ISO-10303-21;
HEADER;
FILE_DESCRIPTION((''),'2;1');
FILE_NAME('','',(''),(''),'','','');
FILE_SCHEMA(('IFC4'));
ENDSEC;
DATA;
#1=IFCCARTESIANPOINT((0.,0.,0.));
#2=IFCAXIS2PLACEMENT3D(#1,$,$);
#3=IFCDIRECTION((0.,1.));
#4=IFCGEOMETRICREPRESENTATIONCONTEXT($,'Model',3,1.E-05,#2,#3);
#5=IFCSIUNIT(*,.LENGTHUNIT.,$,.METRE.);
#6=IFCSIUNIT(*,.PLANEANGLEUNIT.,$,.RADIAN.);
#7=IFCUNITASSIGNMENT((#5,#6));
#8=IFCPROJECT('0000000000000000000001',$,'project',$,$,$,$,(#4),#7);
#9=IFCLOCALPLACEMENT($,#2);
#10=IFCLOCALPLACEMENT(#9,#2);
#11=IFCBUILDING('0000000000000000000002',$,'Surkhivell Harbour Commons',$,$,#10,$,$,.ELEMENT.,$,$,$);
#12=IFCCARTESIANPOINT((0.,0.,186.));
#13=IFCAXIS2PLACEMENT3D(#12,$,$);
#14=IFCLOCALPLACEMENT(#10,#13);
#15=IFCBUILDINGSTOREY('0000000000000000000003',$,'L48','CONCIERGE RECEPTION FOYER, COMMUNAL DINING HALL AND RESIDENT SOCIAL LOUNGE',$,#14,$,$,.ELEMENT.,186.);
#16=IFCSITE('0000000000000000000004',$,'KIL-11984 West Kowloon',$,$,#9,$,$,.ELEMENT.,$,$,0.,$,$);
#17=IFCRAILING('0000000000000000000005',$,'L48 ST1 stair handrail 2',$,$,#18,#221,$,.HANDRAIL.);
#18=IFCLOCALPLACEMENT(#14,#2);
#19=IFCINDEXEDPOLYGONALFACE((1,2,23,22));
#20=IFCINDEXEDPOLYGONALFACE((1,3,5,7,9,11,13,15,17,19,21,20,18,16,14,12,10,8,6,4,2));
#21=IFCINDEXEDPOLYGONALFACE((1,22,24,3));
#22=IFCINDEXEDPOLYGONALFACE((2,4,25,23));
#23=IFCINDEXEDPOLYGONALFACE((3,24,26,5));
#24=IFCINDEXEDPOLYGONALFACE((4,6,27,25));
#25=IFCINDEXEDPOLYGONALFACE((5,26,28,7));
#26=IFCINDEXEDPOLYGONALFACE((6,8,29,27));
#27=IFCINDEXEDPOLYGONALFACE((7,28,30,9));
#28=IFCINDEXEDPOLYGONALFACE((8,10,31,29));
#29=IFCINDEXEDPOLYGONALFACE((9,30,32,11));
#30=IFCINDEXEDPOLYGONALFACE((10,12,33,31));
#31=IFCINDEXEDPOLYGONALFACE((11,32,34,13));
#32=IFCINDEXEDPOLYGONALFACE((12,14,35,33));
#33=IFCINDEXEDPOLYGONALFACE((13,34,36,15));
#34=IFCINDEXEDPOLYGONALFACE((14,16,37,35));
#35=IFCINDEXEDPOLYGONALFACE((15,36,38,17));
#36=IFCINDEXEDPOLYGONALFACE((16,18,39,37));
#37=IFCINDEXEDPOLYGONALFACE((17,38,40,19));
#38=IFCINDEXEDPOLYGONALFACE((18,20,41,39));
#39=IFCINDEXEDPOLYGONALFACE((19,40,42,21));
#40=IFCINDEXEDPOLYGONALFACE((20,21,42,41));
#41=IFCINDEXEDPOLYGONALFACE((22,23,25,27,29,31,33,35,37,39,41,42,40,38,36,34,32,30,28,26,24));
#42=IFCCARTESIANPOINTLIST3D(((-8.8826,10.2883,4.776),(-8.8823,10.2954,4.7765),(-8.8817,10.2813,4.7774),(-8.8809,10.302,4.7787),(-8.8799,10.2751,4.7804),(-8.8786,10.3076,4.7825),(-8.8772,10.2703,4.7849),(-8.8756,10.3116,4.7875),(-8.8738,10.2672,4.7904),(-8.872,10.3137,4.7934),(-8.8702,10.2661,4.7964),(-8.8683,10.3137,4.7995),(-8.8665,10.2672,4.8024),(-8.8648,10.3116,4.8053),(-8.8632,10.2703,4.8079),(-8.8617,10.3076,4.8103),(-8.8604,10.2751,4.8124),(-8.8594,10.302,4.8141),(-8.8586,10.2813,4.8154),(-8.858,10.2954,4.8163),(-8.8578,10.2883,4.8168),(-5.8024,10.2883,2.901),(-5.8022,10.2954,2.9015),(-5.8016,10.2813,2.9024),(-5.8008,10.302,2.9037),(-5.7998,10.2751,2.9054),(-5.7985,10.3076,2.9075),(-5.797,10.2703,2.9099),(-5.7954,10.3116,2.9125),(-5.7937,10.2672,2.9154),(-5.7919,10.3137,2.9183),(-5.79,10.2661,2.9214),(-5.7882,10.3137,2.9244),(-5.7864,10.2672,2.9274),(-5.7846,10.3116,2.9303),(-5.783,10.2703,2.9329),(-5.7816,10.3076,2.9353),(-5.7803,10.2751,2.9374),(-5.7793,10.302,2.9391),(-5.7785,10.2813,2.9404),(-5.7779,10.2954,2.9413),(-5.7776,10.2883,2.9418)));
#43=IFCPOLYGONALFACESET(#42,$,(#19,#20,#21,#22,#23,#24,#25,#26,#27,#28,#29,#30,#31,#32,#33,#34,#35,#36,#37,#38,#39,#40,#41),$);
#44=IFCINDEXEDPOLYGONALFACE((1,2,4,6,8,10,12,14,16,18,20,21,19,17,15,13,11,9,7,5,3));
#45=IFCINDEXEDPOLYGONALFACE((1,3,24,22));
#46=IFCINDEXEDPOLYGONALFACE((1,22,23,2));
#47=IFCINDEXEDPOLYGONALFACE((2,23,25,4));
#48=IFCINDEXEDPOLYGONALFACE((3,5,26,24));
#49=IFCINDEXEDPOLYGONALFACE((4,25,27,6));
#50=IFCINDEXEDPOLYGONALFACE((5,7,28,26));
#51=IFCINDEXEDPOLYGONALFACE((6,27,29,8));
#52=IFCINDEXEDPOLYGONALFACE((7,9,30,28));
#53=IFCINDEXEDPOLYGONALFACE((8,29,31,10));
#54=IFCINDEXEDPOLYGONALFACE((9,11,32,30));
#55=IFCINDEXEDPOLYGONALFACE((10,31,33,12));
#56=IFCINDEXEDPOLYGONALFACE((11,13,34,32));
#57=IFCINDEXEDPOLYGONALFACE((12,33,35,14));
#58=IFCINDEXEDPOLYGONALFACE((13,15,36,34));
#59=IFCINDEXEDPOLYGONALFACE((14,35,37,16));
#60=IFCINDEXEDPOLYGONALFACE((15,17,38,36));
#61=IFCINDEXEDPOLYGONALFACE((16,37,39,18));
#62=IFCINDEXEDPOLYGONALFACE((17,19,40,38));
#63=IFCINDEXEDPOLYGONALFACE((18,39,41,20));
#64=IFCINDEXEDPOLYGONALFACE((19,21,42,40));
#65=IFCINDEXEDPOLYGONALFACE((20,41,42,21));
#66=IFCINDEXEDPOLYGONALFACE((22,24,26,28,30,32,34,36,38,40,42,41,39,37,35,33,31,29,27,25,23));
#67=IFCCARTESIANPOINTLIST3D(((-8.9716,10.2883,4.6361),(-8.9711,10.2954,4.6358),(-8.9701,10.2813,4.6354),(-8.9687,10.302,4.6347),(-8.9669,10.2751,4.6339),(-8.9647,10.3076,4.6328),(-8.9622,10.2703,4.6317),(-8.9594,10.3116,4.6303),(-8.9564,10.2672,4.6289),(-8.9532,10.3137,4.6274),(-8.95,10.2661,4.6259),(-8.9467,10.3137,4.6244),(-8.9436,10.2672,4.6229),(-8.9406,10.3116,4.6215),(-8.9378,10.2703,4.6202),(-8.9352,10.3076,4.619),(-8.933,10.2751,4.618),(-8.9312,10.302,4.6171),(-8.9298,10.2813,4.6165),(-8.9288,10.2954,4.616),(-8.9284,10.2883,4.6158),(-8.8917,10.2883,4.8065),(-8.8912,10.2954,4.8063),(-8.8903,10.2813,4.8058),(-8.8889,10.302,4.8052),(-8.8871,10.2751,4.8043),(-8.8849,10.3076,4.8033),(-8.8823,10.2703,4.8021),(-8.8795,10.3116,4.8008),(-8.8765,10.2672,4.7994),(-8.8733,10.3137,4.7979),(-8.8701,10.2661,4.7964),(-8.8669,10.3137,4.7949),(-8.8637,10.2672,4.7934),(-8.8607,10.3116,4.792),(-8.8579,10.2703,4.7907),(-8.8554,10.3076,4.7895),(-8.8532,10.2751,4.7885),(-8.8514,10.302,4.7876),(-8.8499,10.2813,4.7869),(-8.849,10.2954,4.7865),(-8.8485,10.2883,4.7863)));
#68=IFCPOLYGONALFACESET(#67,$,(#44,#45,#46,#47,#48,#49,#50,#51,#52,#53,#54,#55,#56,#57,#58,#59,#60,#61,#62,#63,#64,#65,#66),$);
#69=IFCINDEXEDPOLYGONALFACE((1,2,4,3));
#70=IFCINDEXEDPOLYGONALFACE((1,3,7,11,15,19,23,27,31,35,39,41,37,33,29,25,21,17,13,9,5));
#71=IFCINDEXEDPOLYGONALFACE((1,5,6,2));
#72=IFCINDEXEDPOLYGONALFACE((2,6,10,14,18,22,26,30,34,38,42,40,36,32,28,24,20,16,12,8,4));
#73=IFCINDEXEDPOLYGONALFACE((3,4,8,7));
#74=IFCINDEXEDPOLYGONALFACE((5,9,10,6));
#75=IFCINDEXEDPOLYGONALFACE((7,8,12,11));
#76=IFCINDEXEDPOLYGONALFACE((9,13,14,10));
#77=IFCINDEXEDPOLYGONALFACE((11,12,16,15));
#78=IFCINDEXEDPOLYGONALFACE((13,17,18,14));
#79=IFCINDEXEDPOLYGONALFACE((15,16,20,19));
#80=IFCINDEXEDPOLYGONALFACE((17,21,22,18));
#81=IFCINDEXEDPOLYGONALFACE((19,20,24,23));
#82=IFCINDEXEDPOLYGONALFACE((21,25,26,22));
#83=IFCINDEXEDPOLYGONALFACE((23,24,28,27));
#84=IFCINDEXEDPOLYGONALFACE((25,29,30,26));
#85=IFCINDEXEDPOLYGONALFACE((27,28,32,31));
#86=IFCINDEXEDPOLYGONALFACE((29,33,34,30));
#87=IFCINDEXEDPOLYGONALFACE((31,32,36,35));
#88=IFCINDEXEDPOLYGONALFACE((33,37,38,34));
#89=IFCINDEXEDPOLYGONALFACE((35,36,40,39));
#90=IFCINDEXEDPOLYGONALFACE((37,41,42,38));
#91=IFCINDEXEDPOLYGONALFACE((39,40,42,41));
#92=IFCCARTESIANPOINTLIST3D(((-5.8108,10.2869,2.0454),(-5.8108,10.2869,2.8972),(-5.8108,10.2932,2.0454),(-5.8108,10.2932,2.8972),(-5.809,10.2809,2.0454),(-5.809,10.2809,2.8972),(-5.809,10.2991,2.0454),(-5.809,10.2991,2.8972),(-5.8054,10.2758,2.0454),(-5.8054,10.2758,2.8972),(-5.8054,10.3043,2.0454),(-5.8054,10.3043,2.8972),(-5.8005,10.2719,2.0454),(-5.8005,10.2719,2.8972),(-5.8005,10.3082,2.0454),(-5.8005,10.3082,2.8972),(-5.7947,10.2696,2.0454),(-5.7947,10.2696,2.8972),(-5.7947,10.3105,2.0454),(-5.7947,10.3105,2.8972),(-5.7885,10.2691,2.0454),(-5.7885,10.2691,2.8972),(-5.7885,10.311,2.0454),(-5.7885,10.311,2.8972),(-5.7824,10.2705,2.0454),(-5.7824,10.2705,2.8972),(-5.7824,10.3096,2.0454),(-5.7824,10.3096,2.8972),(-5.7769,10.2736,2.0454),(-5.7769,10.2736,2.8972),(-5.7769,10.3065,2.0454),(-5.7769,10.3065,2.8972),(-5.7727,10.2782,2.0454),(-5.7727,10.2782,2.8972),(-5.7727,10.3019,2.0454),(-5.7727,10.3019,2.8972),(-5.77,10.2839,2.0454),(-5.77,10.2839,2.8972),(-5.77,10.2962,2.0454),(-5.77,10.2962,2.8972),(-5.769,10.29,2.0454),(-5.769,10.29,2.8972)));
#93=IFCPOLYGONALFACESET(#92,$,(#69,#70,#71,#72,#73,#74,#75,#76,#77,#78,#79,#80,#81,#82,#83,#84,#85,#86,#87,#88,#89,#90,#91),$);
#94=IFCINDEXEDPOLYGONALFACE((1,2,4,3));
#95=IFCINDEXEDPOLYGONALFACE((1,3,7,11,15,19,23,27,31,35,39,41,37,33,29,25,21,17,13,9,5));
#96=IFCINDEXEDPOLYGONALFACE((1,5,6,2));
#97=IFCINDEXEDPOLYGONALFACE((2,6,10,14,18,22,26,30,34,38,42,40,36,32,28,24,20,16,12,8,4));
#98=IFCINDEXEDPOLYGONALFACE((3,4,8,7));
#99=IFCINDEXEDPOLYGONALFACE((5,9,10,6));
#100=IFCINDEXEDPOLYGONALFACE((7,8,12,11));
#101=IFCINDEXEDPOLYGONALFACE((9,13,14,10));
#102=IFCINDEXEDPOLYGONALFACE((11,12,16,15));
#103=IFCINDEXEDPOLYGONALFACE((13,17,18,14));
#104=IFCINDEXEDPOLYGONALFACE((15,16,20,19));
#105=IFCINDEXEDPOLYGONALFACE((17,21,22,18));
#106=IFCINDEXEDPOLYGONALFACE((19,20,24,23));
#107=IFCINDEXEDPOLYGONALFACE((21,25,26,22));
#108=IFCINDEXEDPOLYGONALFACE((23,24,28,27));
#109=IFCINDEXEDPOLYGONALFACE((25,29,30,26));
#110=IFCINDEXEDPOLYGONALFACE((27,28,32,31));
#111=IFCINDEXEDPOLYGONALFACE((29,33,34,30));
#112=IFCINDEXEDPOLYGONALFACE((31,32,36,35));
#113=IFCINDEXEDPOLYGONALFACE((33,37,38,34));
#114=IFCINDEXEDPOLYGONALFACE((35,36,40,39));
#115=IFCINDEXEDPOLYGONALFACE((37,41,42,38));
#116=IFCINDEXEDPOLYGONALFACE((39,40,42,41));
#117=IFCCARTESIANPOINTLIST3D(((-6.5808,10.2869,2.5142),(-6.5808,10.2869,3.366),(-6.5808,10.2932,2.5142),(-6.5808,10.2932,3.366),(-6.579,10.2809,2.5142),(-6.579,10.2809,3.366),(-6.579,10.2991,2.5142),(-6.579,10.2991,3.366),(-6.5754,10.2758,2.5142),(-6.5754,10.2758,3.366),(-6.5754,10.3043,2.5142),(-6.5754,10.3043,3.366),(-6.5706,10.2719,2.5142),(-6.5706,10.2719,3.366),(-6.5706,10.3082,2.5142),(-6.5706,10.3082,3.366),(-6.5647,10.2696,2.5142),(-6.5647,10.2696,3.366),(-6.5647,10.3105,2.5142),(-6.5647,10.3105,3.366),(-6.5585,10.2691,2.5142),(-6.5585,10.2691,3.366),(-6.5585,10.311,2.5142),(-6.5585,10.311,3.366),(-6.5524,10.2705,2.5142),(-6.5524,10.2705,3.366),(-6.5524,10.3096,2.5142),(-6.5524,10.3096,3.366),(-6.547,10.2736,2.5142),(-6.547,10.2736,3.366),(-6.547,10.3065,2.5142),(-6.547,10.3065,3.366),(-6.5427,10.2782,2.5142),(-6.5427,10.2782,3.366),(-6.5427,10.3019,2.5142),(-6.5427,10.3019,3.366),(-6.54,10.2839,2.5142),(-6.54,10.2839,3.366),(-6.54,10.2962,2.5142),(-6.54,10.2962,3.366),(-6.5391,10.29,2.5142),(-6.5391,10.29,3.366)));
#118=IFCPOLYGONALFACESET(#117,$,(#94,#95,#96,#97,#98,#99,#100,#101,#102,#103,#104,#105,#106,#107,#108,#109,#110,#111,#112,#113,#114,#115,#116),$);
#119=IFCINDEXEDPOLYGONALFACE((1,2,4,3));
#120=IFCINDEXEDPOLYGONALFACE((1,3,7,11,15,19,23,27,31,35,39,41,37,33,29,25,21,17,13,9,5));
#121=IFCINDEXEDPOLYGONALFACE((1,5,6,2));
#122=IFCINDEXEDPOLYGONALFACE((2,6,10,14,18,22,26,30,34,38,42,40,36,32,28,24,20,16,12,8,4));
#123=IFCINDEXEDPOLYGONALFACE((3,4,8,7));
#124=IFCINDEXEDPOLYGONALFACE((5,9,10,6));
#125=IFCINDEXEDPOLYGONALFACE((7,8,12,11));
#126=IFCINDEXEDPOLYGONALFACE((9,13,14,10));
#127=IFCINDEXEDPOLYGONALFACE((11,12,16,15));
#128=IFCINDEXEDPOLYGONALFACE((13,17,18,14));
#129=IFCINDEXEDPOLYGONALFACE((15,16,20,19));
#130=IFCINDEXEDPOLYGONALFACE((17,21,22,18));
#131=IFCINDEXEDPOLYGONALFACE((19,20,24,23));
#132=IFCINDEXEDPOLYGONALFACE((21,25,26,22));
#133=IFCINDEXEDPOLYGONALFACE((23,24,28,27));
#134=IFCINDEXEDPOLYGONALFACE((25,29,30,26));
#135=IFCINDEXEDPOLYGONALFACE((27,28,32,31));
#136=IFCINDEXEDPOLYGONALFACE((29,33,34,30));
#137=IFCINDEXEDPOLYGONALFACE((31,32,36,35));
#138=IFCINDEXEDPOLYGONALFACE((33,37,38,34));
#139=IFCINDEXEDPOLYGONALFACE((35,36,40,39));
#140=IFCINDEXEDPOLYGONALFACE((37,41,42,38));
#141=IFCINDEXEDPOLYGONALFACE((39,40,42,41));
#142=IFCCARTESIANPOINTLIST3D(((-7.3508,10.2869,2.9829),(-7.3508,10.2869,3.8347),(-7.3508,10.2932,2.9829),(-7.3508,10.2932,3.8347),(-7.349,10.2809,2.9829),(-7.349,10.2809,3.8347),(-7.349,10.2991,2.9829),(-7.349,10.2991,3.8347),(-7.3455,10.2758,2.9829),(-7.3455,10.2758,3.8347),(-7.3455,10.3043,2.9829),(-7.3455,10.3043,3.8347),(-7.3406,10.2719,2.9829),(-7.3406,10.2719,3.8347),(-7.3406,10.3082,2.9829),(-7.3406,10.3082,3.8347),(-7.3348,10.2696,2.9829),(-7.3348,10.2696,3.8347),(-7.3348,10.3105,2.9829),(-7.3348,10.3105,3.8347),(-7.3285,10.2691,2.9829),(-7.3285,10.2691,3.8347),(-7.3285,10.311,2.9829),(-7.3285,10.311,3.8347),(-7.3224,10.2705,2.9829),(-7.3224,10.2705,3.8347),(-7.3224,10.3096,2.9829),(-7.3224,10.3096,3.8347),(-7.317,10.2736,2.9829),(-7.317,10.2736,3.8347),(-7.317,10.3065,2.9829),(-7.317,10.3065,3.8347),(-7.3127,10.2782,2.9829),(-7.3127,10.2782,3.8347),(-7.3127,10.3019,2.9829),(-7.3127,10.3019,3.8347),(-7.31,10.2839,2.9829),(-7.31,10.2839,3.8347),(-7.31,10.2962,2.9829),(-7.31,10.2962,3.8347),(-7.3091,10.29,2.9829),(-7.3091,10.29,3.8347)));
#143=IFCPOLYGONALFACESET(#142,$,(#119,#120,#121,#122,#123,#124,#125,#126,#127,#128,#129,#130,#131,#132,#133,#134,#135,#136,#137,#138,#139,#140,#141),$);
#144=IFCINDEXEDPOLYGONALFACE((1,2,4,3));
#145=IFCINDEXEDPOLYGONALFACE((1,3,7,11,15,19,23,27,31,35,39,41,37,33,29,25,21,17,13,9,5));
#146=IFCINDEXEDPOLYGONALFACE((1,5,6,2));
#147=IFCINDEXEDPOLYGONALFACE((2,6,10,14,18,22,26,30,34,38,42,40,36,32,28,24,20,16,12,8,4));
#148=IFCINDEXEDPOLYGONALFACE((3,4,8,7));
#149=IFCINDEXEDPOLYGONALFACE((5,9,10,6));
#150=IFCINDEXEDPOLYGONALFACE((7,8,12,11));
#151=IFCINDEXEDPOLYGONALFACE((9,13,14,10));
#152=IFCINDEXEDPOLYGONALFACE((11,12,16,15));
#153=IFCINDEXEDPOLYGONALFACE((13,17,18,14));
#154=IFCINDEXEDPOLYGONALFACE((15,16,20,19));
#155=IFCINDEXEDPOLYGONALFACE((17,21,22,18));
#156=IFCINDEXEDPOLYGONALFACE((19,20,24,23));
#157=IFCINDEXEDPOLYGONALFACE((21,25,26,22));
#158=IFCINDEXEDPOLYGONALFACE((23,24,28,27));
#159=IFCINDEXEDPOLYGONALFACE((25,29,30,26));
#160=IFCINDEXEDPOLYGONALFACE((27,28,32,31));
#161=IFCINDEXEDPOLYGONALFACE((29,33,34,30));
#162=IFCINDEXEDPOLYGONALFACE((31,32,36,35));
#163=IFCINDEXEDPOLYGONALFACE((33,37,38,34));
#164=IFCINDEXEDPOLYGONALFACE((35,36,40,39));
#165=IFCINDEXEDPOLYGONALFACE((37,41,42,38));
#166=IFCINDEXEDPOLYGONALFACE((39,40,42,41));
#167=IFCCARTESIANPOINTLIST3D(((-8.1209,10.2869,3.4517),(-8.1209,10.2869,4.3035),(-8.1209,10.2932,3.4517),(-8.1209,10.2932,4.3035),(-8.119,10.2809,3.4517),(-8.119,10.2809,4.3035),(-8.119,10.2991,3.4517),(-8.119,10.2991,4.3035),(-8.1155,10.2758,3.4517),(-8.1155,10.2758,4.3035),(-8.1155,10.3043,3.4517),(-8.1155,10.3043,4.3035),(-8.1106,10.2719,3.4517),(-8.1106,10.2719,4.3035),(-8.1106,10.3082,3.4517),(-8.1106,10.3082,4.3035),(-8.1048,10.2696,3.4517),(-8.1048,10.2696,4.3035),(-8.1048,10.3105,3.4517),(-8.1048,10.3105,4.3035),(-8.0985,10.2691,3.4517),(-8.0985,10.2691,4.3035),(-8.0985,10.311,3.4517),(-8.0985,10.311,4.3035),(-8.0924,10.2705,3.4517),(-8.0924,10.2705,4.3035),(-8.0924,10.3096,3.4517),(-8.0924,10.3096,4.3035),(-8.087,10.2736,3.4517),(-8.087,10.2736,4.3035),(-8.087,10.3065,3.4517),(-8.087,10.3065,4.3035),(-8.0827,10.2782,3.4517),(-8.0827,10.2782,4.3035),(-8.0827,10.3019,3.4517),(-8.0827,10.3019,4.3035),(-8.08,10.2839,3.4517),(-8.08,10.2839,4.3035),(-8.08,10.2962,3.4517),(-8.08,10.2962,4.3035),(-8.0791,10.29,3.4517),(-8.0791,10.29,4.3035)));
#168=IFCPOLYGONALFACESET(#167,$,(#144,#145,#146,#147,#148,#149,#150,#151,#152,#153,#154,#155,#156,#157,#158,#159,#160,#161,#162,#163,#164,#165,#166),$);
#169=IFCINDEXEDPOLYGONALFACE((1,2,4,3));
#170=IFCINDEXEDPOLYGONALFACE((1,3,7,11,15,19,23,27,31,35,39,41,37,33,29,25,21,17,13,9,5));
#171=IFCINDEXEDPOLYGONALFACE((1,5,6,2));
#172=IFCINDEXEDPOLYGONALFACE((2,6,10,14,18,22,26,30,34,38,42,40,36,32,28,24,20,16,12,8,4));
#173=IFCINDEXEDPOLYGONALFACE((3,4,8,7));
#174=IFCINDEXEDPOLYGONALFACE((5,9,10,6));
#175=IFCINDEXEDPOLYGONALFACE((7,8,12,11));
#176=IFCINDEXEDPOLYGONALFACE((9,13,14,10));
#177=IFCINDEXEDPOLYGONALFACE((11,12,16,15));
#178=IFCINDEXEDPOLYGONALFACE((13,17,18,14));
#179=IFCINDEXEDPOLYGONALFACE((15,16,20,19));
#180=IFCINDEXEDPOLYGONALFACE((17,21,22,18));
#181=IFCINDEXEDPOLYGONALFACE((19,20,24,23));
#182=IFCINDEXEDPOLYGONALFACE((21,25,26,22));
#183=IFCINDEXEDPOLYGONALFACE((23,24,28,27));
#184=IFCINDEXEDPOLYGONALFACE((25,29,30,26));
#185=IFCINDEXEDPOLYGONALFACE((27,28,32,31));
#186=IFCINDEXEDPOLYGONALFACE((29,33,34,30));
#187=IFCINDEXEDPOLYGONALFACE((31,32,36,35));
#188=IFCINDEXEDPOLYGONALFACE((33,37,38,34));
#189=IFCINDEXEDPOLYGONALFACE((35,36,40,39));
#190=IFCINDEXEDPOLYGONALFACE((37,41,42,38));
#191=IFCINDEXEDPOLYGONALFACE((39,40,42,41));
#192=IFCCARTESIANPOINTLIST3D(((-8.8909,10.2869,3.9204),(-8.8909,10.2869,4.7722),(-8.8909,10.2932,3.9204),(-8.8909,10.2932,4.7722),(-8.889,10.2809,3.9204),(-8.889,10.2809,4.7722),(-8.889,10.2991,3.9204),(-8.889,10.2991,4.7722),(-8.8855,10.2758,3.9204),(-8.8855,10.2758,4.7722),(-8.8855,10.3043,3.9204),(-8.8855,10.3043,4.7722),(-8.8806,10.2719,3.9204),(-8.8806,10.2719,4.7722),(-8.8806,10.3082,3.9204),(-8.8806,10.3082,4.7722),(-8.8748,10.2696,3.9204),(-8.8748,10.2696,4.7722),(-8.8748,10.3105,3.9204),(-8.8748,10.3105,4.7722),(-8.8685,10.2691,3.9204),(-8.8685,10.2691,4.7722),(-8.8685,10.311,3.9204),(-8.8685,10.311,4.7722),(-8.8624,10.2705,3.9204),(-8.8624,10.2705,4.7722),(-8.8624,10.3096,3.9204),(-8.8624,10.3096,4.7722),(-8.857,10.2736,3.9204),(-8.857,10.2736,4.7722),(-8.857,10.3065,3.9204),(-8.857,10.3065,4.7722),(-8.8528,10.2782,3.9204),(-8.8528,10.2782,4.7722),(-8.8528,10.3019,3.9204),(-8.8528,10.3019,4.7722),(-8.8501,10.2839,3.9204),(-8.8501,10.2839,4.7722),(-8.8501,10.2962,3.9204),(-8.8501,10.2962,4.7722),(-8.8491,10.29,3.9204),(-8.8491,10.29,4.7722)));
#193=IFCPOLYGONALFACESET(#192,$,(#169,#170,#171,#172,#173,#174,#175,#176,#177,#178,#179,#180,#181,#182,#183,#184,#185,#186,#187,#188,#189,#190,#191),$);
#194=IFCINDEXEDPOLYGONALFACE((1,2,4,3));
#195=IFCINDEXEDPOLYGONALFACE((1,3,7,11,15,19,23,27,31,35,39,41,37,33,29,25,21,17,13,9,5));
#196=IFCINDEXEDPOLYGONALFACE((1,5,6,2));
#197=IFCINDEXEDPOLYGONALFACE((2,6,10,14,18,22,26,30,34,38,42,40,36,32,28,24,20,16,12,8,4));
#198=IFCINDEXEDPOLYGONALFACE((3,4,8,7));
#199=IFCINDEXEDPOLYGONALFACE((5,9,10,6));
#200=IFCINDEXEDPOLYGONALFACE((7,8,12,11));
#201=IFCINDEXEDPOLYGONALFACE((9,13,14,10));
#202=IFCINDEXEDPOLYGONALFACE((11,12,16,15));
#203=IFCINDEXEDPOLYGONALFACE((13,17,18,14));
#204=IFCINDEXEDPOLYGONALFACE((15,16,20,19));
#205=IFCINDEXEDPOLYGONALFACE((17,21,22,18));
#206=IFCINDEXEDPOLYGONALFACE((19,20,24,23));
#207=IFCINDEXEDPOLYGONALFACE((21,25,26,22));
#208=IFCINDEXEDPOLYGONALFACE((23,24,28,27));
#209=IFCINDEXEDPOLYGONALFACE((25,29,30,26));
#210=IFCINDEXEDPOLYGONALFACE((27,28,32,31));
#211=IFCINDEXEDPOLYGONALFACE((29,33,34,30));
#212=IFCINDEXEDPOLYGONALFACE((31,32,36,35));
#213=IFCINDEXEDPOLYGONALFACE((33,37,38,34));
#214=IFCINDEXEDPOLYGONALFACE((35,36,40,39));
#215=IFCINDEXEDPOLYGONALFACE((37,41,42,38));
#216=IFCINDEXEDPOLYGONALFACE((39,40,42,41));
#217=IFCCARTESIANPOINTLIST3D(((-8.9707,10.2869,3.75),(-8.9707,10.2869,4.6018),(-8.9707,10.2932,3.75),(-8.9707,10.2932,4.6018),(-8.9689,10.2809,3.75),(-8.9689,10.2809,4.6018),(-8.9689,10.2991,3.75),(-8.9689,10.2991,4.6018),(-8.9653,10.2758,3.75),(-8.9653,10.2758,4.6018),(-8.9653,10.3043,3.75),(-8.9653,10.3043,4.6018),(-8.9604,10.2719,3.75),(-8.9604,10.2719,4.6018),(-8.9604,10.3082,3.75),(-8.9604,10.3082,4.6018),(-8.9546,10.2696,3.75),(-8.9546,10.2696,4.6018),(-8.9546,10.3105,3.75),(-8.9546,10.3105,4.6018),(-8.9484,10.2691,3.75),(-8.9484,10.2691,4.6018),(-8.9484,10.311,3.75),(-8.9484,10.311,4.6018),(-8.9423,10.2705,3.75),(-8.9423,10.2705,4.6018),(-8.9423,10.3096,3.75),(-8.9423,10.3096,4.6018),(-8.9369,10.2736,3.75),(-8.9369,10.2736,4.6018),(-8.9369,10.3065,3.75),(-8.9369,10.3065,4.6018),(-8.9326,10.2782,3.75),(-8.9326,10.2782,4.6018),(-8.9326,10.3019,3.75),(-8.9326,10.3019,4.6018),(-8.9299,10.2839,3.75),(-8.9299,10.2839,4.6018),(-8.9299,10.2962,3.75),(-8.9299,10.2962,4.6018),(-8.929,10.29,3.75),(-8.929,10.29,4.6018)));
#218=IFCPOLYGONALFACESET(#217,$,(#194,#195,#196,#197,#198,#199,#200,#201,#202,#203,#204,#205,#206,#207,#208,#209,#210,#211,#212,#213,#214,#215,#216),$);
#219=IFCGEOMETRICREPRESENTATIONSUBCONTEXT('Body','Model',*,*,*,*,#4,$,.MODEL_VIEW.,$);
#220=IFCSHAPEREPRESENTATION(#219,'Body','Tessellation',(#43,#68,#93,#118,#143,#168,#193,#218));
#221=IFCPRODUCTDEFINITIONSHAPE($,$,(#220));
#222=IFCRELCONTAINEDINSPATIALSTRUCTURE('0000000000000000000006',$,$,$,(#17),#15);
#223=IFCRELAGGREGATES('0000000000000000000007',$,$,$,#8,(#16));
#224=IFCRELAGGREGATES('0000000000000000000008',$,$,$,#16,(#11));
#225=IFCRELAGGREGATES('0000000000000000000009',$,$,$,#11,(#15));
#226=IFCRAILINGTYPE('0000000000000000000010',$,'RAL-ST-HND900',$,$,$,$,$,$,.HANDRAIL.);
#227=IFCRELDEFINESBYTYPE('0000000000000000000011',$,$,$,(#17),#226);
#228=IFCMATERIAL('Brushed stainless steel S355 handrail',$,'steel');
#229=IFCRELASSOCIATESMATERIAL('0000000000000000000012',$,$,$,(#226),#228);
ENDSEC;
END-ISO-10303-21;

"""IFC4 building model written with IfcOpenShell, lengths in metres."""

from ifc_helpers import new_model, si_unit, direction, frame, origin, origin_2d, place, context, subcontext, project, spatial, circle, extrude, material, type_object, element, save


model = new_model("IFC4")

# Units and contexts
model_context = context("Model", 3, precision=1e-05, world=origin(), true_north=direction((0.0, 1.0)))
body_context = subcontext(model_context, "Body", "Model", "MODEL_VIEW")
ifc_project = project(units=[si_unit("LENGTHUNIT", "METRE"), si_unit("PLANEANGLEUNIT", "RADIAN")], contexts=[model_context])

# Site, building, storey
site_placement = place(None, origin())
site = spatial("IfcSite", under=ifc_project, at=site_placement, Name="KIL-11984 West Kowloon", CompositionType="ELEMENT", RefElevation=0.0)
building_placement = place(site_placement, origin())
building = spatial("IfcBuilding", under=site, at=building_placement, Name="Surkhivell Harbour Commons", CompositionType="ELEMENT")
storey_placement = place(building_placement, frame((0.0, 0.0, 186.0)))
storey = spatial("IfcBuildingStorey", under=building, at=storey_placement, Name="L48", Description="CONCIERGE RECEPTION FOYER, COMMUNAL DINING HALL AND RESIDENT SOCIAL LOUNGE", CompositionType="ELEMENT", Elevation=186.0)

# Railing
ifc_material_1 = material(Name="Brushed stainless steel S355 handrail", Category="steel")
railing_type_1 = type_object("IfcRailingType", Name="RAL-ST-HND900", PredefinedType="HANDRAIL", material=ifc_material_1)
railing_1_placement = place(storey_placement, frame((-5.79, 10.29, 2.0454)))
element("IfcRailing", 1, at=railing_1_placement, inside=storey, type_object=railing_type_1, Name="L48 ST1 stair handrail 2", PredefinedType="HANDRAIL", context=body_context, shape_type="SweptSolid", body=[
    extrude(circle(Radius=0.0239, at=origin_2d()), frame((0.0, 0.0, 0.876), z_axis=(-0.854178, 0.0, 0.519981), x_axis=(0.0, -1.0, 0.0)), (0.0, 0.0, 1.0), 3.606),
    extrude(circle(Radius=0.0239, at=origin_2d()), frame((-3.0801, 0.0, 2.751), z_axis=(-0.424234, 0.0, -0.905552), x_axis=(0.0, -1.0, 0.0)), (0.0, 0.0, 1.0), 0.1882),
    extrude(circle(Radius=0.021, at=origin_2d()), origin(), (0.0, 0.0, 1.0), 0.8518),
    extrude(circle(Radius=0.021, at=origin_2d()), frame((-0.77, 0.0, 0.4688)), (0.0, 0.0, 1.0), 0.8518),
    extrude(circle(Radius=0.021, at=origin_2d()), frame((-1.54, 0.0, 0.9375)), (0.0, 0.0, 1.0), 0.8518),
    extrude(circle(Radius=0.021, at=origin_2d()), frame((-2.3101, 0.0, 1.4062)), (0.0, 0.0, 1.0), 0.8518),
    extrude(circle(Radius=0.021, at=origin_2d()), frame((-3.0801, 0.0, 1.875)), (0.0, 0.0, 1.0), 0.8518),
    extrude(circle(Radius=0.021, at=origin_2d()), frame((-3.1599, 0.0, 1.7046)), (0.0, 0.0, 1.0), 0.8518),
])

save(model, "model.ifc")
